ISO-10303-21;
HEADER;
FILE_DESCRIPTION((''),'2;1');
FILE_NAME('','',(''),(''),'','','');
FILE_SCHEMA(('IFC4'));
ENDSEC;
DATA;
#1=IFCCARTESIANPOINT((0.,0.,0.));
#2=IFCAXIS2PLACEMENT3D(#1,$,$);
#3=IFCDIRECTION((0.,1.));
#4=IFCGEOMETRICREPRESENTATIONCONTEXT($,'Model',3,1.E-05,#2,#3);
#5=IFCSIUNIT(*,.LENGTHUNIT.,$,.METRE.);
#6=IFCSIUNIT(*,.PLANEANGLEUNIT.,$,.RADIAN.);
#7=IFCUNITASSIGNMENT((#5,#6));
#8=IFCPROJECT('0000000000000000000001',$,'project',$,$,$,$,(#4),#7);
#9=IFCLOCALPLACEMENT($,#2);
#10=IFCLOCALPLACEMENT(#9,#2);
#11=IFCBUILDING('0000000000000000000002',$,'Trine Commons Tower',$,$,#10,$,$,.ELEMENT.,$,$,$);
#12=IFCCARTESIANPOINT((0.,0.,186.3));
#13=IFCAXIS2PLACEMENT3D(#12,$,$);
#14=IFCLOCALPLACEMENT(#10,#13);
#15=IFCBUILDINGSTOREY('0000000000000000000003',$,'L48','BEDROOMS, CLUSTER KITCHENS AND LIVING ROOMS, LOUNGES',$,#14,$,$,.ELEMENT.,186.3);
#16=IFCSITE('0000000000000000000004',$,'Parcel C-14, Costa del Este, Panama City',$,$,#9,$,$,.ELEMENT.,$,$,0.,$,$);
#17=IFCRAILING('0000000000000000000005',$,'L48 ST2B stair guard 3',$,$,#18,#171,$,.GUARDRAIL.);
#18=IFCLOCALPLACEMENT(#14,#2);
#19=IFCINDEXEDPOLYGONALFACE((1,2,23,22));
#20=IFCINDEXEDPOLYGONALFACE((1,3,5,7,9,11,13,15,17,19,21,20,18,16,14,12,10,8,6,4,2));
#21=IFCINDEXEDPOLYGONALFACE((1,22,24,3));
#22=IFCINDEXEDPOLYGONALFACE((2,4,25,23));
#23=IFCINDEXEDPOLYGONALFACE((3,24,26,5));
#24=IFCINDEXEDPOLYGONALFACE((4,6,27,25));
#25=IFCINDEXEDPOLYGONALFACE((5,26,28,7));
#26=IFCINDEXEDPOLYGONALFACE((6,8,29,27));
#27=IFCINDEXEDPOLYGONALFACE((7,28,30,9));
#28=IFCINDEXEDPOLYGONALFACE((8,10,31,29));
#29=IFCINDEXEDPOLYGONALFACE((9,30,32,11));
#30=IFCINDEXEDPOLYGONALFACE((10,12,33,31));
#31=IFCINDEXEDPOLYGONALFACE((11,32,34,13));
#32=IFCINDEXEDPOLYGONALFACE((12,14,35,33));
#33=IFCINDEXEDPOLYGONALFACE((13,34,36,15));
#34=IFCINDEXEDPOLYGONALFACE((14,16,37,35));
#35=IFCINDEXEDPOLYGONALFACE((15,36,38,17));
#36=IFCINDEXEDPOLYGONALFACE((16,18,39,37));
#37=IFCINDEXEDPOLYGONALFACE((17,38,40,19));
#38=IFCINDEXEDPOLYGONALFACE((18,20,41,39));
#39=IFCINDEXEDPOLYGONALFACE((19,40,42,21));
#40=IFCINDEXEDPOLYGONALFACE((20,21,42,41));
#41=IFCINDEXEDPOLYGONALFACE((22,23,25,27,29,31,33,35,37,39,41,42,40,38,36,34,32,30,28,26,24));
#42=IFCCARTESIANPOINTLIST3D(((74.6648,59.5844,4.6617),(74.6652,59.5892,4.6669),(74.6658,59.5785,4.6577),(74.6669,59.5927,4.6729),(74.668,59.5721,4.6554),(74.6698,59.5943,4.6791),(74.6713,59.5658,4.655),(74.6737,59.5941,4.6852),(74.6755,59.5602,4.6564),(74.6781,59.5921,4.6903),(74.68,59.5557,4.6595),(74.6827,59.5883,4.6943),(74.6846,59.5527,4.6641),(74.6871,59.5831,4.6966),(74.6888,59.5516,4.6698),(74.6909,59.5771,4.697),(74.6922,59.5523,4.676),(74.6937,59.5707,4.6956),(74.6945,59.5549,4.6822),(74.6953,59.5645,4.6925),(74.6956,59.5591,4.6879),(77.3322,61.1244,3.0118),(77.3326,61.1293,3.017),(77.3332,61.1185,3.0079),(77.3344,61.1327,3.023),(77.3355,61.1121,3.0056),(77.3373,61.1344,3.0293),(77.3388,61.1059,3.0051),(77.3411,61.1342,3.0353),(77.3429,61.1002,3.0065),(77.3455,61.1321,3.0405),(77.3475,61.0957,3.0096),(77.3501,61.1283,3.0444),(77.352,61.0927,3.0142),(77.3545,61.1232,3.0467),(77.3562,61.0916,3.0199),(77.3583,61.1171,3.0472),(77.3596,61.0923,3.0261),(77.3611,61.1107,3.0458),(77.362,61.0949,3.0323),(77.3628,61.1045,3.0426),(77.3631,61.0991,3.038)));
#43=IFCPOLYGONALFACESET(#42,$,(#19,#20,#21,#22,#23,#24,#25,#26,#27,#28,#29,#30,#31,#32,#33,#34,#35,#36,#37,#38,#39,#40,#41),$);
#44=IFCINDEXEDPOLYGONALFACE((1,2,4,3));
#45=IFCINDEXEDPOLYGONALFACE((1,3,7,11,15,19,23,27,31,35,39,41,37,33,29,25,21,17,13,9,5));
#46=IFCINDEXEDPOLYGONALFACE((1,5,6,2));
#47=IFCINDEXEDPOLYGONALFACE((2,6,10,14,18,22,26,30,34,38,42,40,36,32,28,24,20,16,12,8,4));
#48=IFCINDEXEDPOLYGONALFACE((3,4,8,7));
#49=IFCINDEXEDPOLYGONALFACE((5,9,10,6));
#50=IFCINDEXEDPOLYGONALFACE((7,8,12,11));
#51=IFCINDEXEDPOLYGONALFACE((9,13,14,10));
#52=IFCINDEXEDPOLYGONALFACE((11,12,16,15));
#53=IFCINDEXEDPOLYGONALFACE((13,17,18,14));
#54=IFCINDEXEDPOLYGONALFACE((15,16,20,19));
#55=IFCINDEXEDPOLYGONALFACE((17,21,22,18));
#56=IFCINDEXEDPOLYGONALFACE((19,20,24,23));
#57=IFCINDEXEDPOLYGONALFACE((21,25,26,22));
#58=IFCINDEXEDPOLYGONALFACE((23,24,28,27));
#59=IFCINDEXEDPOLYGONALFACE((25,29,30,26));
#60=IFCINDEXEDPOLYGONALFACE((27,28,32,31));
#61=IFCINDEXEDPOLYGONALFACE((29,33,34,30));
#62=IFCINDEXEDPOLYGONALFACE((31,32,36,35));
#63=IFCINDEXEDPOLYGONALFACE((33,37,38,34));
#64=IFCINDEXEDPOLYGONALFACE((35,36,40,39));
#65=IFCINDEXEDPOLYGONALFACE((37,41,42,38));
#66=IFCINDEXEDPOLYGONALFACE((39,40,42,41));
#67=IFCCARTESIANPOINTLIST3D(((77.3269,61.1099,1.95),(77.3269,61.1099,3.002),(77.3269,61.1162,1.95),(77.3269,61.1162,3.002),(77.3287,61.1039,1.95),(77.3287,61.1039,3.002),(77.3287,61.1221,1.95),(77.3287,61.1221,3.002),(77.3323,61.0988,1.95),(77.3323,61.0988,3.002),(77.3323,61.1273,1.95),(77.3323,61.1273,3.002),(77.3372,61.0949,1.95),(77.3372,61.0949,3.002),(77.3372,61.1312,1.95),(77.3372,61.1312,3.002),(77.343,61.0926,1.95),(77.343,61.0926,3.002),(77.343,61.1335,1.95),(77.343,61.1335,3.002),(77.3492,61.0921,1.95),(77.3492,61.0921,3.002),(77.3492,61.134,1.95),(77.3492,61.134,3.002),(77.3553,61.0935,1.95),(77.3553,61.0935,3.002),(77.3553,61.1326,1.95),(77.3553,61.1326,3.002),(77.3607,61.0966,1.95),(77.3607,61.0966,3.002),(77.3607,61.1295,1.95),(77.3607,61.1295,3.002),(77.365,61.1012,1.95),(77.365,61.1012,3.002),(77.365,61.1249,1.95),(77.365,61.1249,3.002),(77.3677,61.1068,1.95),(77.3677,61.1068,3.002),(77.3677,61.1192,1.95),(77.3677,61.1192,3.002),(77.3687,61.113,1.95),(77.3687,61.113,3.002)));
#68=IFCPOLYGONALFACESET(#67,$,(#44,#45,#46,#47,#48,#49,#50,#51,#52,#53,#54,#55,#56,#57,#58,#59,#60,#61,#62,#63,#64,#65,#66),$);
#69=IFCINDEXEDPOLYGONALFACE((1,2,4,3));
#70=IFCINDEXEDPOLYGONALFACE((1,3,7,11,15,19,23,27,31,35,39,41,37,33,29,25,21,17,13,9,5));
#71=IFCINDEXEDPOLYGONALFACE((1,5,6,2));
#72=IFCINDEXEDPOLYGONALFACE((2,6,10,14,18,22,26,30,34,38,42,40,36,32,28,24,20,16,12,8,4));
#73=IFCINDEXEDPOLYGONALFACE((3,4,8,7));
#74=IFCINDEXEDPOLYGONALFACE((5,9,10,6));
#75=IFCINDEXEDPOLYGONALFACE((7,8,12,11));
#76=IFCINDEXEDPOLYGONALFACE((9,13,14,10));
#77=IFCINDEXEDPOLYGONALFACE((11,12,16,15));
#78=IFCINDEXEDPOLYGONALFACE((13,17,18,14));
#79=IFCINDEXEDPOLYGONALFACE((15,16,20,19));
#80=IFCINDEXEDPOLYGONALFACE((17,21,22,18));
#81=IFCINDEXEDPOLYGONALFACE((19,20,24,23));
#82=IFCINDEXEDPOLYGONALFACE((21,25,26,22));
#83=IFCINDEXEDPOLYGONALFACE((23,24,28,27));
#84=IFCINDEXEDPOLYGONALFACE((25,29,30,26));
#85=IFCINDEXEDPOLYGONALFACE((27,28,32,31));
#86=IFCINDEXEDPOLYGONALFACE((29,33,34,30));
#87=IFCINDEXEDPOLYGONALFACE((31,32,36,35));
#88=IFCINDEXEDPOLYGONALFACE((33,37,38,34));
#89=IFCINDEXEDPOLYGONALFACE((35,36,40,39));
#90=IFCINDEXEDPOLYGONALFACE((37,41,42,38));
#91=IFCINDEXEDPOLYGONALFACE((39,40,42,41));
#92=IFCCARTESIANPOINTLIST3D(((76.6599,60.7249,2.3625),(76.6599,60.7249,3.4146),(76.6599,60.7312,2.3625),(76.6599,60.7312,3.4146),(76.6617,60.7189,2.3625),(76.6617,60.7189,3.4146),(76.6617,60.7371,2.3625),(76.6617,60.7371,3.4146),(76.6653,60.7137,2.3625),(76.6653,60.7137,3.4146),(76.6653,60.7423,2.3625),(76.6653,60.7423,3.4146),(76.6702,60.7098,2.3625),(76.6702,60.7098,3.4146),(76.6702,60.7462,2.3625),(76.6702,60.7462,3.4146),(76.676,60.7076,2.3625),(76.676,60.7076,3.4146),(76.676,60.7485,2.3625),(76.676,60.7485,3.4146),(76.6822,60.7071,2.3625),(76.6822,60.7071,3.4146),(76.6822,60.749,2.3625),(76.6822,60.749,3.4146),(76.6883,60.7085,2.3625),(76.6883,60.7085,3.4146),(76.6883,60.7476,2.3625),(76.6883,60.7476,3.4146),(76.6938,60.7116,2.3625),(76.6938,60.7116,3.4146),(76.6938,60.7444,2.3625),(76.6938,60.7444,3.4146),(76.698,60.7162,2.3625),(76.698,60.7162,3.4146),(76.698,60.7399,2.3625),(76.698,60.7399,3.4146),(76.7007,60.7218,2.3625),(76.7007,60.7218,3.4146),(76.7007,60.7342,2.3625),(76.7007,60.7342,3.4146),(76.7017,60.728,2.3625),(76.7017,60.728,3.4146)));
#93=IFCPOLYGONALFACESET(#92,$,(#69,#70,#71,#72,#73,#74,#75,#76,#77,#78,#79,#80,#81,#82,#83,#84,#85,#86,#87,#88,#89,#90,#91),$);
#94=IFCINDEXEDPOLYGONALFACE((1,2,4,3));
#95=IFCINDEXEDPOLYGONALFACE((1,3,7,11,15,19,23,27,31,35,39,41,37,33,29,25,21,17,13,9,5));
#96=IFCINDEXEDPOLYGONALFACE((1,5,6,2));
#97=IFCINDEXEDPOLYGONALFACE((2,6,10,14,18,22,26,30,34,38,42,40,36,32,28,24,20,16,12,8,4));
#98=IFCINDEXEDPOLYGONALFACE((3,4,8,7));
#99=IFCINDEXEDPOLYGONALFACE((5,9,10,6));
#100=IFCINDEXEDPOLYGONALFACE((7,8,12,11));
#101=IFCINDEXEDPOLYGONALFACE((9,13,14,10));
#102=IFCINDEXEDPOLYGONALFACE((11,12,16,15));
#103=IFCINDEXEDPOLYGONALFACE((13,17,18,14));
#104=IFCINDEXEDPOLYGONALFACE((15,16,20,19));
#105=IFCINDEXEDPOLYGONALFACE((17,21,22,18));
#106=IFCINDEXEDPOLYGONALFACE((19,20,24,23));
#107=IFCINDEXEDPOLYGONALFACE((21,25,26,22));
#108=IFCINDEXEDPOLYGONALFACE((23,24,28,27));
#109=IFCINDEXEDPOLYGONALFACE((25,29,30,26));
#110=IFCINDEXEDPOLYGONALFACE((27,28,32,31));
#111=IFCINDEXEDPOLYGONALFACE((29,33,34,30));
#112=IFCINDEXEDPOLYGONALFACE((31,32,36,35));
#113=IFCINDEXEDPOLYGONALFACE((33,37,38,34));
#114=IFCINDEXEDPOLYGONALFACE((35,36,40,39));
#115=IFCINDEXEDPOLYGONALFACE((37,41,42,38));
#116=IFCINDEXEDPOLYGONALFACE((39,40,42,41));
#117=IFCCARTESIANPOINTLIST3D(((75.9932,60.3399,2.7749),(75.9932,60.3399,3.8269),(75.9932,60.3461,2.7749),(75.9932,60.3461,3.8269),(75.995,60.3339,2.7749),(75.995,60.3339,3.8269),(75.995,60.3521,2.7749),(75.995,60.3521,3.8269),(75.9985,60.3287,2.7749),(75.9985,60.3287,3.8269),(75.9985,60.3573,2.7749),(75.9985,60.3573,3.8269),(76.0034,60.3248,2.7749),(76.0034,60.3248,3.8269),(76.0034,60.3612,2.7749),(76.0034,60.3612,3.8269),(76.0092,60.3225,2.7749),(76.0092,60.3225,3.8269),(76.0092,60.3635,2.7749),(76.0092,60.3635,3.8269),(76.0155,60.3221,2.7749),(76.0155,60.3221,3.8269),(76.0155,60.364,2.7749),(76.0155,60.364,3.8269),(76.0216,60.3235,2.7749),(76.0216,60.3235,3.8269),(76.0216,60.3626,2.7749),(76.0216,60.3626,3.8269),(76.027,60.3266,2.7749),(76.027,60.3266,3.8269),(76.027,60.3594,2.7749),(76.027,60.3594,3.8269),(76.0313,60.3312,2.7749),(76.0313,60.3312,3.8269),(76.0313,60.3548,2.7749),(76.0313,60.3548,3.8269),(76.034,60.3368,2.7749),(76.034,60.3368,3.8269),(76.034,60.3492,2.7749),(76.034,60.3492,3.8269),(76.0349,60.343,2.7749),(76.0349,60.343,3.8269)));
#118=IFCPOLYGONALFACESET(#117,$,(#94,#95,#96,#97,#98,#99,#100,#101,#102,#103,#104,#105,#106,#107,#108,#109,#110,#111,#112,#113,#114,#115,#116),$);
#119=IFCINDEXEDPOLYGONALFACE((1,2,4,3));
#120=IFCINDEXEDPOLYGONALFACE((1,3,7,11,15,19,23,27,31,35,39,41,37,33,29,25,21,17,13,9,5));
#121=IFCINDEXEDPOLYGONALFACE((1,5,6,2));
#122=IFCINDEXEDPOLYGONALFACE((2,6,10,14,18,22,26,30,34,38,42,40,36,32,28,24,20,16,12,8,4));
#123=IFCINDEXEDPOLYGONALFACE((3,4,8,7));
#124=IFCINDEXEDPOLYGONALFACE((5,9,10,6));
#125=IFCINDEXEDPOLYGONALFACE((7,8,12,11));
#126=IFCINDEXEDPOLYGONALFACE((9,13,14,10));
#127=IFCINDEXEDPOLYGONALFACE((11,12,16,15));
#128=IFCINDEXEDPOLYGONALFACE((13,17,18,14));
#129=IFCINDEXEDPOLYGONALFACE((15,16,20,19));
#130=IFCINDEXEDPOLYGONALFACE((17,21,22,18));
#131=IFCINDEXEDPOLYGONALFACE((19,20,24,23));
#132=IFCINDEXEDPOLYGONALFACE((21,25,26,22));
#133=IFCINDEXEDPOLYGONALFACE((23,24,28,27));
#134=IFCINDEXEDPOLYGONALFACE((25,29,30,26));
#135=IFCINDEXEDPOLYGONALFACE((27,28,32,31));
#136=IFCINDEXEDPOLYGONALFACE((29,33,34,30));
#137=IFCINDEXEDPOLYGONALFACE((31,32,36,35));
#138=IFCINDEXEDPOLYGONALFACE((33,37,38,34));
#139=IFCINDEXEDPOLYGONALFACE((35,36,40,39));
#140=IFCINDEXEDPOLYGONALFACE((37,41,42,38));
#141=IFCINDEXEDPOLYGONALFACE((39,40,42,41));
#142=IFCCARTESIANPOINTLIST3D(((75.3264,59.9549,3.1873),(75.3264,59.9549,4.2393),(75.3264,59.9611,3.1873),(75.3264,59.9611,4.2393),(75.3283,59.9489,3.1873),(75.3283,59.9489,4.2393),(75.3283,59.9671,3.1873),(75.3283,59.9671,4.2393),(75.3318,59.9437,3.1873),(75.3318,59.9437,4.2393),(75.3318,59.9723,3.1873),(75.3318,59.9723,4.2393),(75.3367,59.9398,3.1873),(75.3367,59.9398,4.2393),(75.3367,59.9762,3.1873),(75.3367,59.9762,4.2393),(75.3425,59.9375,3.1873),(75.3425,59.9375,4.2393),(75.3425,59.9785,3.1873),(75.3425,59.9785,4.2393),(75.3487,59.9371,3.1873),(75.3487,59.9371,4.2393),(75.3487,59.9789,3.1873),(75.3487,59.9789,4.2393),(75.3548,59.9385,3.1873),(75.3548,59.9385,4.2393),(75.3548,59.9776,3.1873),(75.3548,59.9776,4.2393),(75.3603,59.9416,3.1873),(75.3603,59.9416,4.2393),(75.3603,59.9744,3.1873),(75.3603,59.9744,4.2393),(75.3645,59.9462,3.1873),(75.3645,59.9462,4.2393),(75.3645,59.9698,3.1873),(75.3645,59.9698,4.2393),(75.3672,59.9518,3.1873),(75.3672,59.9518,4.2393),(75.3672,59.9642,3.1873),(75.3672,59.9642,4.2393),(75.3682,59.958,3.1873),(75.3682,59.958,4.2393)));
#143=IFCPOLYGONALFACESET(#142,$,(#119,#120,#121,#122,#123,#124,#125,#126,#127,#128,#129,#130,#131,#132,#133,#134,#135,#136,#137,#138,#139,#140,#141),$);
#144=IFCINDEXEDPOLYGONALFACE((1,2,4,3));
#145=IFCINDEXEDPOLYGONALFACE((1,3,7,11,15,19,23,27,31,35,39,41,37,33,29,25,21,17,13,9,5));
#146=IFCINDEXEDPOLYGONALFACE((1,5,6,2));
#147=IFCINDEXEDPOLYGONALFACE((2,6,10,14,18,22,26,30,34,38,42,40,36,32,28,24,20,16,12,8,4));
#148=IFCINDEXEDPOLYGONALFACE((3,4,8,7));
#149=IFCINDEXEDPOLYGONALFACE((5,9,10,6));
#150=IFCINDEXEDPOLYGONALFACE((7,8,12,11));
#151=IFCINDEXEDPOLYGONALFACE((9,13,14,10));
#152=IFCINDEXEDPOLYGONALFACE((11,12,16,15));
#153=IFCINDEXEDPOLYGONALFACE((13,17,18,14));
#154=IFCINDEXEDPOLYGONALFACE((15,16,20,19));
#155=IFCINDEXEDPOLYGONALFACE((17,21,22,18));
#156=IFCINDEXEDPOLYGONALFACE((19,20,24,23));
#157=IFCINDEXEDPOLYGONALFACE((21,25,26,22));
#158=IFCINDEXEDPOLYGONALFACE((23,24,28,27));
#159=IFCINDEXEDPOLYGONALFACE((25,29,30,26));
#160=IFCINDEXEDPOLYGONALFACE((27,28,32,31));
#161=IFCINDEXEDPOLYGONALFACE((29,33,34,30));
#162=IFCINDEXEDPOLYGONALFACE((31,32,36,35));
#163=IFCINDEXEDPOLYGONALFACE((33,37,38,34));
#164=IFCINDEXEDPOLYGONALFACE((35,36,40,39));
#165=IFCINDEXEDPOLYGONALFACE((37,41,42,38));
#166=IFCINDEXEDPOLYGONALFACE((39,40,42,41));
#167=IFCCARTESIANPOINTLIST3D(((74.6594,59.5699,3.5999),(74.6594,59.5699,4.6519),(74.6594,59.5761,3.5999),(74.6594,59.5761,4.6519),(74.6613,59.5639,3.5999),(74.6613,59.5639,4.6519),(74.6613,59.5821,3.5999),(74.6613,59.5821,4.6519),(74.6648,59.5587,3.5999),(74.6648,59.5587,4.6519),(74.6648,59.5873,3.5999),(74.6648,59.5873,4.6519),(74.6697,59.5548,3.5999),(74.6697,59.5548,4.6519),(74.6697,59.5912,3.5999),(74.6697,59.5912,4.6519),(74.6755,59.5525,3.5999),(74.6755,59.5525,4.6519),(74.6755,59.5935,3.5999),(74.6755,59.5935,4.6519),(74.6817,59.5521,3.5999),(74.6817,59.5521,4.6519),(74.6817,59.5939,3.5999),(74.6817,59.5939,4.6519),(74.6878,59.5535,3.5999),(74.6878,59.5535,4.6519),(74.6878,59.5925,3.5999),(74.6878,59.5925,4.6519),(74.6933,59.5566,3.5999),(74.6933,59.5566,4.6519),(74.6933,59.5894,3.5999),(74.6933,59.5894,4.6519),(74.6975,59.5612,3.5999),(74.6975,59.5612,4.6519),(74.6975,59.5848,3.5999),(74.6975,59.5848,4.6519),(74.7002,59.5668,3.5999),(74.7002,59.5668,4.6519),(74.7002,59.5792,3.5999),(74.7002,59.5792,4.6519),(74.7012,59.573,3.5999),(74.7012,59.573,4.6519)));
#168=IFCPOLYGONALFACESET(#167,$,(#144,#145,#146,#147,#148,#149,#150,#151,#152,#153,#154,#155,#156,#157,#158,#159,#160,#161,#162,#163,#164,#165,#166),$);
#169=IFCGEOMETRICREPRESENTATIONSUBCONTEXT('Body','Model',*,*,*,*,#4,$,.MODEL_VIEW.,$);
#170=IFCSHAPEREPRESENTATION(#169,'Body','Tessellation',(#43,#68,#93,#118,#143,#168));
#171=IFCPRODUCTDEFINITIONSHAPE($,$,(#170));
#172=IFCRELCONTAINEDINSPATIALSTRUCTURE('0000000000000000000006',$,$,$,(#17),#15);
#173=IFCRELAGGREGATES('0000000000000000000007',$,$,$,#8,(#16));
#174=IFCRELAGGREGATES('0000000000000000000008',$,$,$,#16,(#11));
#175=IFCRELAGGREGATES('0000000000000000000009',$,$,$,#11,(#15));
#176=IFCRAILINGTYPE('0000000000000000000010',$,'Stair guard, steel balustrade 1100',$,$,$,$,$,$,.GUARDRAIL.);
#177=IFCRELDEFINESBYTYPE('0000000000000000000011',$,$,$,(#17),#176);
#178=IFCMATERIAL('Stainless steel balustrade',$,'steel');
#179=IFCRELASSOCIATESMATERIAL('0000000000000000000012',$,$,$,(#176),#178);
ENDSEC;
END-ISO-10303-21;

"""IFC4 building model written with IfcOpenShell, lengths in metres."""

from ifc_helpers import new_model, si_unit, direction, frame, origin, origin_2d, place, context, subcontext, project, spatial, circle, extrude, material, type_object, element, save


model = new_model("IFC4")

# Units and contexts
model_context = context("Model", 3, precision=1e-05, world=origin(), true_north=direction((0.0, 1.0)))
body_context = subcontext(model_context, "Body", "Model", "MODEL_VIEW")
ifc_project = project(units=[si_unit("LENGTHUNIT", "METRE"), si_unit("PLANEANGLEUNIT", "RADIAN")], contexts=[model_context])

# Site, building, storey
site_placement = place(None, origin())
site = spatial("IfcSite", under=ifc_project, at=site_placement, Name="Parcel C-14, Costa del Este, Panama City", CompositionType="ELEMENT", RefElevation=0.0)
building_placement = place(site_placement, origin())
building = spatial("IfcBuilding", under=site, at=building_placement, Name="Trine Commons Tower", CompositionType="ELEMENT")
storey_placement = place(building_placement, frame((0.0, 0.0, 186.3)))
storey = spatial("IfcBuildingStorey", under=building, at=storey_placement, Name="L48", Description="BEDROOMS, CLUSTER KITCHENS AND LIVING ROOMS, LOUNGES", CompositionType="ELEMENT", Elevation=186.3)

# Railing
ifc_material_1 = material(Name="Stainless steel balustrade", Category="steel")
railing_type_1 = type_object("IfcRailingType", Name="Stair guard, steel balustrade 1100", PredefinedType="GUARDRAIL", material=ifc_material_1)
railing_1_placement = place(storey_placement, frame((77.3477, 61.113, 1.95)))
element("IfcRailing", 1, at=railing_1_placement, inside=storey, type_object=railing_type_1, Name="L48 ST2B stair guard 3", PredefinedType="GUARDRAIL", context=body_context, shape_type="SweptSolid", body=[
    extrude(circle(Radius=0.0239, at=origin_2d()), frame((0.0, 0.0, 1.0762), z_axis=(-0.763405, -0.440743, 0.472185), x_axis=(0.499992, -0.86603, 0.0)), (0.0, 0.0, 1.0), 3.4941),
    extrude(circle(Radius=0.021, at=origin_2d()), origin(), (0.0, 0.0, 1.0), 1.052),
    extrude(circle(Radius=0.021, at=origin_2d()), frame((-0.667, -0.385, 0.4126)), (0.0, 0.0, 1.0), 1.052),
    extrude(circle(Radius=0.021, at=origin_2d()), frame((-1.3337, -0.77, 0.825)), (0.0, 0.0, 1.0), 1.052),
    extrude(circle(Radius=0.021, at=origin_2d()), frame((-2.0005, -1.155, 1.2373)), (0.0, 0.0, 1.0), 1.052),
    extrude(circle(Radius=0.021, at=origin_2d()), frame((-2.6675, -1.54, 1.6499)), (0.0, 0.0, 1.0), 1.052),
])

save(model, "model.ifc")
